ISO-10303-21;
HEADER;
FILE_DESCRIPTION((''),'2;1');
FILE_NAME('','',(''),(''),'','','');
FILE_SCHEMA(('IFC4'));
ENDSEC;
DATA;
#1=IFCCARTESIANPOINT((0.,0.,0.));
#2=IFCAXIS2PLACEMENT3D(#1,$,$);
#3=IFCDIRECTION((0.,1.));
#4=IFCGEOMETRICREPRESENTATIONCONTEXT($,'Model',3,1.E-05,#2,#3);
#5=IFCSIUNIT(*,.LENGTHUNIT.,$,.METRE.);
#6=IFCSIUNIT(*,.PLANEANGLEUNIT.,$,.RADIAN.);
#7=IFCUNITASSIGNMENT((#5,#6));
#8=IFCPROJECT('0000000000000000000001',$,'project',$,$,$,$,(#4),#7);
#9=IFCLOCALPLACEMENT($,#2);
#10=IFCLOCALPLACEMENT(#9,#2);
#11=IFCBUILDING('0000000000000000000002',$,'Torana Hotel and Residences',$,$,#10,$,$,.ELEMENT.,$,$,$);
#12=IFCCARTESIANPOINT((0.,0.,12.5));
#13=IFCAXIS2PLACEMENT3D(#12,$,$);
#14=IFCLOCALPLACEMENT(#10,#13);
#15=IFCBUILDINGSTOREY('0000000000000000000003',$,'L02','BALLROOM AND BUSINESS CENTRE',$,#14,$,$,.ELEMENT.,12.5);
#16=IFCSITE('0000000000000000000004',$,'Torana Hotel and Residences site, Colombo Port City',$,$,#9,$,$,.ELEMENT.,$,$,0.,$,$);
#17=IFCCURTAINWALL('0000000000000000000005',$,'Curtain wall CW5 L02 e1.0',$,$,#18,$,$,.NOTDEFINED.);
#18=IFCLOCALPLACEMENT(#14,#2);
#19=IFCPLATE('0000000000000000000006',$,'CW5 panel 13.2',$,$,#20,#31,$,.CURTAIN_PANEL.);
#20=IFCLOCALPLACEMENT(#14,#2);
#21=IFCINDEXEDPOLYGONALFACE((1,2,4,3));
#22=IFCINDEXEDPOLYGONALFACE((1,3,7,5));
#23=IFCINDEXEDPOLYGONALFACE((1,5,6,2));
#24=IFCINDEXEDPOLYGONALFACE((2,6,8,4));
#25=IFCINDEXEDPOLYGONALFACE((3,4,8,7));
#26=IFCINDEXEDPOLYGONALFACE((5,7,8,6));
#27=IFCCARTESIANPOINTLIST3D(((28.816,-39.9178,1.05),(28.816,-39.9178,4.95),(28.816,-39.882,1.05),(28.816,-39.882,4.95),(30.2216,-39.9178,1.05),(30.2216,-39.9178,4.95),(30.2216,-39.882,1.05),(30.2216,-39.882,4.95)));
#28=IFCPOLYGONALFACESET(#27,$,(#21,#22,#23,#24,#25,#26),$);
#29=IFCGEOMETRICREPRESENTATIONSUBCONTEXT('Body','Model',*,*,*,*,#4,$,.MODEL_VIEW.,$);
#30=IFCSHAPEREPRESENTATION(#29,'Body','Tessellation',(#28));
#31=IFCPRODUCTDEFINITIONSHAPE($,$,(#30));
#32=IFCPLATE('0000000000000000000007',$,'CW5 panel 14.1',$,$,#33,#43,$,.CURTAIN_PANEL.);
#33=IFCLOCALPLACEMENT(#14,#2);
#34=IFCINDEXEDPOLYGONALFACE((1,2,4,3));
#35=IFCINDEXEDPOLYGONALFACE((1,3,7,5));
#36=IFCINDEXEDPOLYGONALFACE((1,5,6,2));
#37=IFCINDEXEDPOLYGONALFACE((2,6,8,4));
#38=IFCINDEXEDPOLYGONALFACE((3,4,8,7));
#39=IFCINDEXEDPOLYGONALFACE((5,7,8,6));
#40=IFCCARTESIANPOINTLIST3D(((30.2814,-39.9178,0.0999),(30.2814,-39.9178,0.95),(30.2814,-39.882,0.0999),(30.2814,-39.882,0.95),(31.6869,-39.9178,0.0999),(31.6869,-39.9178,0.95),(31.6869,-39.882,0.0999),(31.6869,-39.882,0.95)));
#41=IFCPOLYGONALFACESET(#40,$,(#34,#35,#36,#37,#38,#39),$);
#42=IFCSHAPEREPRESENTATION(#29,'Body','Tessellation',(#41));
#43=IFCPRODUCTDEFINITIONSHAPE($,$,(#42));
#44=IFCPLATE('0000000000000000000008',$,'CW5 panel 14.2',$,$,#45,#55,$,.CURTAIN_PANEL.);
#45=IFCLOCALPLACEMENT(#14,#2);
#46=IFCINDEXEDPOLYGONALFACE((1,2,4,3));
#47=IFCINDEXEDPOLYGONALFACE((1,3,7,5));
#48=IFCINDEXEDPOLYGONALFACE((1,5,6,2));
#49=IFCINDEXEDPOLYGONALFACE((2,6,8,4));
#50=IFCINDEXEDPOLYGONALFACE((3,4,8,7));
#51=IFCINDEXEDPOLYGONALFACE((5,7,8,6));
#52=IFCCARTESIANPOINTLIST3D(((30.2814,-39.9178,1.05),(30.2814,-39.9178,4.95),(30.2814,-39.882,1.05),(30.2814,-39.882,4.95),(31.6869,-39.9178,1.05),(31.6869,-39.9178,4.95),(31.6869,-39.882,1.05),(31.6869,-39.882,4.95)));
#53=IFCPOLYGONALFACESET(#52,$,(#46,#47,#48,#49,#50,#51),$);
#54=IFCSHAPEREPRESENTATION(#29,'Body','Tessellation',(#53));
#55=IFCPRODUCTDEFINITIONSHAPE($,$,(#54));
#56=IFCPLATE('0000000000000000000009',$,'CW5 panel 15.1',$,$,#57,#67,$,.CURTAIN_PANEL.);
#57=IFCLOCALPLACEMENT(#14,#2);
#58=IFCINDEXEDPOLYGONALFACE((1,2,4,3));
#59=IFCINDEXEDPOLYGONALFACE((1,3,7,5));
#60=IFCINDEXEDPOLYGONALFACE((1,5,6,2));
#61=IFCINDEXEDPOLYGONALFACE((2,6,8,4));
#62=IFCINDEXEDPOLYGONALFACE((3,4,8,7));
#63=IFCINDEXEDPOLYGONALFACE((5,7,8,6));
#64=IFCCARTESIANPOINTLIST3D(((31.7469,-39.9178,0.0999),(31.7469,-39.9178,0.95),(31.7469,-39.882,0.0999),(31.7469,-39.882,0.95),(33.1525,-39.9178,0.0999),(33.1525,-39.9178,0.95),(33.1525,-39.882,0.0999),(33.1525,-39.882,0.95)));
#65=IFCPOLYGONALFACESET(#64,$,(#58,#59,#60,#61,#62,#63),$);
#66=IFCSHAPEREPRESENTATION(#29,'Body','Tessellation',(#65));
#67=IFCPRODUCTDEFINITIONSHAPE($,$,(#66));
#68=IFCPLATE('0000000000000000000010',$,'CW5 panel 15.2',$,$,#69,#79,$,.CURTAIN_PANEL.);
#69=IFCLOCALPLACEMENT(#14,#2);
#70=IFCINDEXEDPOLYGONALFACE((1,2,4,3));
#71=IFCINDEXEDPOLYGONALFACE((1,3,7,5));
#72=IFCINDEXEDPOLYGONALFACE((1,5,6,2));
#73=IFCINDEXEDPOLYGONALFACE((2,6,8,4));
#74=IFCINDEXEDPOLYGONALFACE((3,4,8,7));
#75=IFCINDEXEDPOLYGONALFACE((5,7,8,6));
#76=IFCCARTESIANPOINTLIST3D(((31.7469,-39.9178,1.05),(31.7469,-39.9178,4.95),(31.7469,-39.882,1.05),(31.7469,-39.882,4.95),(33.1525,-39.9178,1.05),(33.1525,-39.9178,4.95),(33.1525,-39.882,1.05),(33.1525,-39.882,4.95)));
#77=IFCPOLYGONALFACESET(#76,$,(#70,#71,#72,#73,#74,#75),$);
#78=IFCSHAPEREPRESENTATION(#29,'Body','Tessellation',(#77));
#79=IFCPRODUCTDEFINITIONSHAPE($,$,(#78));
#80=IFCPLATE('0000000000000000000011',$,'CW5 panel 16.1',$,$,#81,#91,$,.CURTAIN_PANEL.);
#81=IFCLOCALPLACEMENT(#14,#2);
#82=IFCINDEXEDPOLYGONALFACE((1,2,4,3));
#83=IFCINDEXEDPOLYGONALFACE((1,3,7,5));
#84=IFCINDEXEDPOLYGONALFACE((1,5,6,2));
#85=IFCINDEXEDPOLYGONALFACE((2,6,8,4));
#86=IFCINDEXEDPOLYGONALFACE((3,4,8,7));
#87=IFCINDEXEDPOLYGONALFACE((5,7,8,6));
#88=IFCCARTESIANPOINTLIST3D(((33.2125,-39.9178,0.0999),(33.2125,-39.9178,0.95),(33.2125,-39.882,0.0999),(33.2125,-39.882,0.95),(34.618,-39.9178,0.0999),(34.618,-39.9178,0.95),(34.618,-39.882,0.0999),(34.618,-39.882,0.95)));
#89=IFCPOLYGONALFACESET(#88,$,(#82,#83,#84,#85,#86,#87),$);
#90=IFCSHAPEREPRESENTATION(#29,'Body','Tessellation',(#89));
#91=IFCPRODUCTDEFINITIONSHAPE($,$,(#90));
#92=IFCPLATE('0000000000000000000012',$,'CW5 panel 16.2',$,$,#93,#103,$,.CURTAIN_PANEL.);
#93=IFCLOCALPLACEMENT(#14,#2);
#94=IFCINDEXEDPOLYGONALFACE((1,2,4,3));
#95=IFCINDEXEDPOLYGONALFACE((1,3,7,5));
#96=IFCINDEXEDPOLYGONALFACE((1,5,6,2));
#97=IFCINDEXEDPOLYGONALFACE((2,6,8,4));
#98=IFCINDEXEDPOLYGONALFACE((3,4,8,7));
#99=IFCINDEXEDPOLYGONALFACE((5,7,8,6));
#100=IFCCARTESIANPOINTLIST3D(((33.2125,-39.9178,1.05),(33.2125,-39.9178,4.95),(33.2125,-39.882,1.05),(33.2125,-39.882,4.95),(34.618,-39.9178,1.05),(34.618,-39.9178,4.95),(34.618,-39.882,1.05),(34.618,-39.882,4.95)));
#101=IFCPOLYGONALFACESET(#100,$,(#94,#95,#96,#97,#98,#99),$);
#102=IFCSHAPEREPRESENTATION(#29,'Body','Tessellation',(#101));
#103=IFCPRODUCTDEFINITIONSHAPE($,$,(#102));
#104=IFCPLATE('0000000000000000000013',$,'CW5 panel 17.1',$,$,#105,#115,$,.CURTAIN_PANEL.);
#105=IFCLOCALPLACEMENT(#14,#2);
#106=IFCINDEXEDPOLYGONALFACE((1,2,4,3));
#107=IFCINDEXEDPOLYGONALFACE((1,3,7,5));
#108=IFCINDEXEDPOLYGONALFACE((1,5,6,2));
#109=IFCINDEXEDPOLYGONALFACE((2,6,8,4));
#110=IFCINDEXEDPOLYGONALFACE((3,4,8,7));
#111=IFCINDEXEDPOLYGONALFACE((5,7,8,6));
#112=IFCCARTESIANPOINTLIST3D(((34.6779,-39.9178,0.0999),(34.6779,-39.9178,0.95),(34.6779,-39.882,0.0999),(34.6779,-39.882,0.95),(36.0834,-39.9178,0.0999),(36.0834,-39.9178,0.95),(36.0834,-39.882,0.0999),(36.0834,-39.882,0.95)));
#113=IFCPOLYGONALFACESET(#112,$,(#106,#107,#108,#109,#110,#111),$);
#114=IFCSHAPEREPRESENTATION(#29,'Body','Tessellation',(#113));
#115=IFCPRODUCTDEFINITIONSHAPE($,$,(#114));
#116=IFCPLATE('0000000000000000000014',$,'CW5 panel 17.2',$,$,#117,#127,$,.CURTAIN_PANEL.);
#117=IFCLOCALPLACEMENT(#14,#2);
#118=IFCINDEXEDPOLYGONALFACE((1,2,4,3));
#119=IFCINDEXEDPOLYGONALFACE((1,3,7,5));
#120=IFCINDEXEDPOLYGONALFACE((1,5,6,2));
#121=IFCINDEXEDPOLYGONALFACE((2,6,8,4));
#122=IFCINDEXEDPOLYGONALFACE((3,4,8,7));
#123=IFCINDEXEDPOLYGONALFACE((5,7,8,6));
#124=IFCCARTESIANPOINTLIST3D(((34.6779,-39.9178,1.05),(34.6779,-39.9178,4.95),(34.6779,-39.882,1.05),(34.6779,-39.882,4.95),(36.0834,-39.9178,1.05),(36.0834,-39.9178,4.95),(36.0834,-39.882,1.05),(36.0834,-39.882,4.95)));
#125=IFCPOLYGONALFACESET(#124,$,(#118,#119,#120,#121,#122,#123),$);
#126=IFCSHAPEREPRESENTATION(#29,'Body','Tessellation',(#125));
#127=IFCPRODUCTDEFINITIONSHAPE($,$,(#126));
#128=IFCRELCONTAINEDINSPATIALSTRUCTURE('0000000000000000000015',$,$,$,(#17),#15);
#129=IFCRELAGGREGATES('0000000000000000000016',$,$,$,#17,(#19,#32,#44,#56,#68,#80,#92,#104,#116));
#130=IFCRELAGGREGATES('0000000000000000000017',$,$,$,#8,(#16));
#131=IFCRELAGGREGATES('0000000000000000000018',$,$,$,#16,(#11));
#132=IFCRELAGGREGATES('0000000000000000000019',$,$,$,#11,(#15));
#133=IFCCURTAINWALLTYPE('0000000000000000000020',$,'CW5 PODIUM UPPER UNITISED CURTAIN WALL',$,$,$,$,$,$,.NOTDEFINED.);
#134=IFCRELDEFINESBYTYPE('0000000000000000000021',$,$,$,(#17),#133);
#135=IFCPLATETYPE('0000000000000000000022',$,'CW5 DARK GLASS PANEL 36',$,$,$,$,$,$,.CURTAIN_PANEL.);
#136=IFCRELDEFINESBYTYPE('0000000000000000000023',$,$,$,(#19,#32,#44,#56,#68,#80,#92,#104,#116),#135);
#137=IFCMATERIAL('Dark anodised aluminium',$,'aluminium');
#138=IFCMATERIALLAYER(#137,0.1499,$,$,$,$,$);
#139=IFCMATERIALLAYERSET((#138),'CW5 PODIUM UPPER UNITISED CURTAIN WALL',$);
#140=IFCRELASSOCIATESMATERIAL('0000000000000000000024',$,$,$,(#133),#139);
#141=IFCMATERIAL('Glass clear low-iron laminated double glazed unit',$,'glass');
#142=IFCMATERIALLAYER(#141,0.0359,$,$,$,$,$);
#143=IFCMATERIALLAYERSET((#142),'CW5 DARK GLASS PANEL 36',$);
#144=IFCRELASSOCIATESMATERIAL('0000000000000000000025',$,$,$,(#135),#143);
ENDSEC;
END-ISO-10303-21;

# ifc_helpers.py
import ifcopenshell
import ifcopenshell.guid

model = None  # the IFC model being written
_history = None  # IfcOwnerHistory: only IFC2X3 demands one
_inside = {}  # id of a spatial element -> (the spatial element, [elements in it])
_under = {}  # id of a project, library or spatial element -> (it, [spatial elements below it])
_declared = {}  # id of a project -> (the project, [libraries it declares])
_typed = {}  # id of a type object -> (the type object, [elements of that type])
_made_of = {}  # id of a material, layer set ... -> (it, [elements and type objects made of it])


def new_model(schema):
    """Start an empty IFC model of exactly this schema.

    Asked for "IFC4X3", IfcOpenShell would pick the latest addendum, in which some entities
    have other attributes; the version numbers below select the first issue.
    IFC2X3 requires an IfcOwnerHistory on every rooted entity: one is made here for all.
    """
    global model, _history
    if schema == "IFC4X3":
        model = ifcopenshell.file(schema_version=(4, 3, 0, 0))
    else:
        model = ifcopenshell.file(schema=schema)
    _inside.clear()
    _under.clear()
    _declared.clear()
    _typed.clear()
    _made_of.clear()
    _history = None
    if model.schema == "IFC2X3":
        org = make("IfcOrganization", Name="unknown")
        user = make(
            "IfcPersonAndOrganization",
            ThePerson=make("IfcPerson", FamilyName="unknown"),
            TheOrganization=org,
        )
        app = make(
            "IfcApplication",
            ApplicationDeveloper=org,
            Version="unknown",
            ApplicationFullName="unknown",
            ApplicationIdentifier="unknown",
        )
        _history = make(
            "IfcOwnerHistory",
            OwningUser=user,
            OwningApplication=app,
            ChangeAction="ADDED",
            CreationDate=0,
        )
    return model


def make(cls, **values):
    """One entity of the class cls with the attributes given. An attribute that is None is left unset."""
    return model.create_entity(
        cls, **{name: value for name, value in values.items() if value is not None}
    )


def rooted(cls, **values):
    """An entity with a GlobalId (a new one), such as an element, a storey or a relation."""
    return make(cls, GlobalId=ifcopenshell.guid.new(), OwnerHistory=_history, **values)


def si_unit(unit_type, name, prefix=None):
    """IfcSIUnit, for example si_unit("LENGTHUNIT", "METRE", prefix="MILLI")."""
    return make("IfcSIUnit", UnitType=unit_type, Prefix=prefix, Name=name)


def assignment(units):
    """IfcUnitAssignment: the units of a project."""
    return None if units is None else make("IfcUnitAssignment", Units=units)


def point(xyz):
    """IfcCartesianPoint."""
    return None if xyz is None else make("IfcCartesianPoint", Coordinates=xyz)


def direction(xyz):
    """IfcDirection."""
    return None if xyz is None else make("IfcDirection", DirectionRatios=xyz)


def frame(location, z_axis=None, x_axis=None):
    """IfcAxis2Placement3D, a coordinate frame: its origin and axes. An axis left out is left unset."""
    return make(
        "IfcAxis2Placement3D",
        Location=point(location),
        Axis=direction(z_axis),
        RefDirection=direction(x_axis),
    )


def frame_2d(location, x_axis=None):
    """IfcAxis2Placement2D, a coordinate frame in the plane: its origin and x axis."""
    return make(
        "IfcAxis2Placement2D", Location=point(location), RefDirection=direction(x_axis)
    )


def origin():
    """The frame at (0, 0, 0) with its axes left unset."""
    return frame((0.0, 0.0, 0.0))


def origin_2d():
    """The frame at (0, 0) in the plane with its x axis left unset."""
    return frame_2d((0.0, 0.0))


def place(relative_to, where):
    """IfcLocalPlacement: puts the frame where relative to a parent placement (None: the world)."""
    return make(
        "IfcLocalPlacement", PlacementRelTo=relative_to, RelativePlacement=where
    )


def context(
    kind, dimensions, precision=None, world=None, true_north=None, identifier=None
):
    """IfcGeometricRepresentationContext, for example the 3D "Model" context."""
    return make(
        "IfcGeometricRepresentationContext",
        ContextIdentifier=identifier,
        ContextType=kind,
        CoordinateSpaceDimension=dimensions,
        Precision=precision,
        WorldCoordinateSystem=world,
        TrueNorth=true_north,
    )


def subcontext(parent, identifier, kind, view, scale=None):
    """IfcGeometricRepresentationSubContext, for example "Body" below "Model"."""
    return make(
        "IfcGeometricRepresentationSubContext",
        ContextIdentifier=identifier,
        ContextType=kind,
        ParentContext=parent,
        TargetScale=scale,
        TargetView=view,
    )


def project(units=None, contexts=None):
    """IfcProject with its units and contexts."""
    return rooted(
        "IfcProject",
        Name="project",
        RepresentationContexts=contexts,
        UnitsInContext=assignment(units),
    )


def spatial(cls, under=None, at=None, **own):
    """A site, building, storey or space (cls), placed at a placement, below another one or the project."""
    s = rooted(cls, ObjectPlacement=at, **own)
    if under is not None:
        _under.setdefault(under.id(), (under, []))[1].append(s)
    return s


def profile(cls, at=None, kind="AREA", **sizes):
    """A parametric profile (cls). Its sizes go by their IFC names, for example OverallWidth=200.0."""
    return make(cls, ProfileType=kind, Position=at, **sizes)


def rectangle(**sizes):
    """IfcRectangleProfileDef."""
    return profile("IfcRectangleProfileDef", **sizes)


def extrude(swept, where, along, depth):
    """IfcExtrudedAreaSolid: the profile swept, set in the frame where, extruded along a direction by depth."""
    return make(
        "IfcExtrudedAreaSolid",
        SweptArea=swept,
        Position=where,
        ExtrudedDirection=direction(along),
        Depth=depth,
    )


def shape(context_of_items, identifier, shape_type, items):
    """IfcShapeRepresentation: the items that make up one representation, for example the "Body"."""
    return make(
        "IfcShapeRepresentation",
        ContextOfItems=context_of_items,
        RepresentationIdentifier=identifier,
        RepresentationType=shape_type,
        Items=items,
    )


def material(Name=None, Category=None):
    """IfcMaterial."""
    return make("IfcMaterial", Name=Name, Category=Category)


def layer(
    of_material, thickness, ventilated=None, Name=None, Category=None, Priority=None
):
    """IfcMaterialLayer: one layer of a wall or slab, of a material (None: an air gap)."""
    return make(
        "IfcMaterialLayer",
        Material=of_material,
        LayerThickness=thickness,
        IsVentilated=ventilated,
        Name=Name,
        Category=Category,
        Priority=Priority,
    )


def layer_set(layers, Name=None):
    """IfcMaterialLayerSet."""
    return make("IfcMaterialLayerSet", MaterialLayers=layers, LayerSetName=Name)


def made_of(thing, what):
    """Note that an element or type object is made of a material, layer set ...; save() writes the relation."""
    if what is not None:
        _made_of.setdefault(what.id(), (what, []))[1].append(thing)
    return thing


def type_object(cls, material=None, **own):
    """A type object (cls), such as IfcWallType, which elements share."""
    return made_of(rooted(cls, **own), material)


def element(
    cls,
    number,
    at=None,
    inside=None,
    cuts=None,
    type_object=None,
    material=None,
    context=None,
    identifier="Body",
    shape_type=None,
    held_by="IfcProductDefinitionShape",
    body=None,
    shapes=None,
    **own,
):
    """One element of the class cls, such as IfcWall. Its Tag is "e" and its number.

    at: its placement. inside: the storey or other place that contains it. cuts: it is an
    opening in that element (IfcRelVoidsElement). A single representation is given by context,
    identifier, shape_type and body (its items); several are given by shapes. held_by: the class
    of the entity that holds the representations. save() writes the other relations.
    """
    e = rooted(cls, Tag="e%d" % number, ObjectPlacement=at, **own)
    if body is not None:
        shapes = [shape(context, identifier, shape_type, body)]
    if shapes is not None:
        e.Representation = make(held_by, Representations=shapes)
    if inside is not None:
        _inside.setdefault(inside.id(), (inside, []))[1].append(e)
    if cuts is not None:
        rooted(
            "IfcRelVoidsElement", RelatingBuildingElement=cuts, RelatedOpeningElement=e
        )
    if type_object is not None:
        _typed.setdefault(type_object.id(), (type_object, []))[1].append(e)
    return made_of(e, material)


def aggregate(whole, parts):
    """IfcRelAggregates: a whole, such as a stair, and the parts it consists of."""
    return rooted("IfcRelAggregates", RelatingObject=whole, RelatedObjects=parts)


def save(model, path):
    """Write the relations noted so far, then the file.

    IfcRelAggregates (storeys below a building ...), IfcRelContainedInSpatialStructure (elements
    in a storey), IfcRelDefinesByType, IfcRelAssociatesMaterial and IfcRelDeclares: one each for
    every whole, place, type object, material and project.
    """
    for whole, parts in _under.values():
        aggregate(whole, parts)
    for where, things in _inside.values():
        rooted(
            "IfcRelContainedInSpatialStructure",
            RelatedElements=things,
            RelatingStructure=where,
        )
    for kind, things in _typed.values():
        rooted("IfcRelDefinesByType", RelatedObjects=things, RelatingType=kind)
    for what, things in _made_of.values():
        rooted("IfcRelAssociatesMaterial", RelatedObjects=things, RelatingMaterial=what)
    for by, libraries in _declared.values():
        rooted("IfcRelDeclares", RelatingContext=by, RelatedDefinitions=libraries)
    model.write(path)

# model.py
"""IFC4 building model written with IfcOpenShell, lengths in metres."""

from ifc_helpers import new_model, si_unit, direction, frame, origin, origin_2d, place, context, subcontext, project, spatial, rectangle, extrude, material, layer, layer_set, type_object, element, aggregate, save


model = new_model("IFC4")

# Units and contexts
model_context = context("Model", 3, precision=1e-05, world=origin(), true_north=direction((0.0, 1.0)))
body_context = subcontext(model_context, "Body", "Model", "MODEL_VIEW")
ifc_project = project(units=[si_unit("LENGTHUNIT", "METRE"), si_unit("PLANEANGLEUNIT", "RADIAN")], contexts=[model_context])

# Site, building, storey
site_placement = place(None, origin())
site = spatial("IfcSite", under=ifc_project, at=site_placement, Name="Torana Hotel and Residences site, Colombo Port City", CompositionType="ELEMENT", RefElevation=0.0)
building_placement = place(site_placement, origin())
building = spatial("IfcBuilding", under=site, at=building_placement, Name="Torana Hotel and Residences", CompositionType="ELEMENT")
storey_placement = place(building_placement, frame((0.0, 0.0, 12.5)))
storey = spatial("IfcBuildingStorey", under=building, at=storey_placement, Name="L02", Description="BALLROOM AND BUSINESS CENTRE", CompositionType="ELEMENT", Elevation=12.5)

# Curtain wall, plates
ifc_material_1 = material(Name="Dark anodised aluminium", Category="aluminium")
ifc_layer_1 = layer(ifc_material_1, 0.1499)
ifc_layer_set_1 = layer_set([ifc_layer_1], Name="CW5 PODIUM UPPER UNITISED CURTAIN WALL")
curtain_wall_type = type_object("IfcCurtainWallType", Name="CW5 PODIUM UPPER UNITISED CURTAIN WALL", PredefinedType="NOTDEFINED", material=ifc_layer_set_1)
curtain_wall_placement = place(storey_placement, origin())
curtain_wall = element("IfcCurtainWall", 1, at=curtain_wall_placement, inside=storey, type_object=curtain_wall_type, Name="Curtain wall CW5 L02 e1.0", PredefinedType="NOTDEFINED")
ifc_material_2 = material(Name="Glass clear low-iron laminated double glazed unit", Category="glass")
ifc_layer_2 = layer(ifc_material_2, 0.0359)
ifc_layer_set_2 = layer_set([ifc_layer_2], Name="CW5 DARK GLASS PANEL 36")
plate_type = type_object("IfcPlateType", Name="CW5 DARK GLASS PANEL 36", PredefinedType="CURTAIN_PANEL", material=ifc_layer_set_2)
plate_1_placement = place(storey_placement, frame((29.5188, -39.8999, 1.05), z_axis=(0.0, 0.0, 1.0), x_axis=(1.0, 0.0, 0.0)))
plate_1 = element("IfcPlate", 2, at=plate_1_placement, type_object=plate_type, Name="CW5 panel 13.2", PredefinedType="CURTAIN_PANEL", context=body_context, shape_type="SweptSolid", body=[
    extrude(rectangle(XDim=1.4055, YDim=0.0359, at=origin_2d()), origin(), (0.0, 0.0, 1.0), 3.8999),
])
plate_2_placement = place(storey_placement, frame((30.9841, -39.8999, 0.0999), z_axis=(0.0, 0.0, 1.0), x_axis=(1.0, 0.0, 0.0)))
plate_2 = element("IfcPlate", 3, at=plate_2_placement, type_object=plate_type, Name="CW5 panel 14.1", PredefinedType="CURTAIN_PANEL", context=body_context, shape_type="SweptSolid", body=[
    extrude(rectangle(XDim=1.4055, YDim=0.0359, at=origin_2d()), origin(), (0.0, 0.0, 1.0), 0.8501),
])
plate_3_placement = place(storey_placement, frame((30.9841, -39.8999, 1.05), z_axis=(0.0, 0.0, 1.0), x_axis=(1.0, 0.0, 0.0)))
plate_3 = element("IfcPlate", 4, at=plate_3_placement, type_object=plate_type, Name="CW5 panel 14.2", PredefinedType="CURTAIN_PANEL", context=body_context, shape_type="SweptSolid", body=[
    extrude(rectangle(XDim=1.4055, YDim=0.0359, at=origin_2d()), origin(), (0.0, 0.0, 1.0), 3.8999),
])
plate_4_placement = place(storey_placement, frame((32.4497, -39.8999, 0.0999), z_axis=(0.0, 0.0, 1.0), x_axis=(1.0, 0.0, 0.0)))
plate_4 = element("IfcPlate", 5, at=plate_4_placement, type_object=plate_type, Name="CW5 panel 15.1", PredefinedType="CURTAIN_PANEL", context=body_context, shape_type="SweptSolid", body=[
    extrude(rectangle(XDim=1.4055, YDim=0.0359, at=origin_2d()), origin(), (0.0, 0.0, 1.0), 0.8501),
])
plate_5_placement = place(storey_placement, frame((32.4497, -39.8999, 1.05), z_axis=(0.0, 0.0, 1.0), x_axis=(1.0, 0.0, 0.0)))
plate_5 = element("IfcPlate", 6, at=plate_5_placement, type_object=plate_type, Name="CW5 panel 15.2", PredefinedType="CURTAIN_PANEL", context=body_context, shape_type="SweptSolid", body=[
    extrude(rectangle(XDim=1.4055, YDim=0.0359, at=origin_2d()), origin(), (0.0, 0.0, 1.0), 3.8999),
])
plate_6_placement = place(storey_placement, frame((33.9153, -39.8999, 0.0999), z_axis=(0.0, 0.0, 1.0), x_axis=(1.0, 0.0, 0.0)))
plate_6 = element("IfcPlate", 7, at=plate_6_placement, type_object=plate_type, Name="CW5 panel 16.1", PredefinedType="CURTAIN_PANEL", context=body_context, shape_type="SweptSolid", body=[
    extrude(rectangle(XDim=1.4055, YDim=0.0359, at=origin_2d()), origin(), (0.0, 0.0, 1.0), 0.8501),
])
plate_7_placement = place(storey_placement, frame((33.9153, -39.8999, 1.05), z_axis=(0.0, 0.0, 1.0), x_axis=(1.0, 0.0, 0.0)))
plate_7 = element("IfcPlate", 8, at=plate_7_placement, type_object=plate_type, Name="CW5 panel 16.2", PredefinedType="CURTAIN_PANEL", context=body_context, shape_type="SweptSolid", body=[
    extrude(rectangle(XDim=1.4055, YDim=0.0359, at=origin_2d()), origin(), (0.0, 0.0, 1.0), 3.8999),
])
plate_8_placement = place(storey_placement, frame((35.3806, -39.8999, 0.0999), z_axis=(0.0, 0.0, 1.0), x_axis=(1.0, 0.0, 0.0)))
plate_8 = element("IfcPlate", 9, at=plate_8_placement, type_object=plate_type, Name="CW5 panel 17.1", PredefinedType="CURTAIN_PANEL", context=body_context, shape_type="SweptSolid", body=[
    extrude(rectangle(XDim=1.4055, YDim=0.0359, at=origin_2d()), origin(), (0.0, 0.0, 1.0), 0.8501),
])
plate_9_placement = place(storey_placement, frame((35.3806, -39.8999, 1.05), z_axis=(0.0, 0.0, 1.0), x_axis=(1.0, 0.0, 0.0)))
plate_9 = element("IfcPlate", 10, at=plate_9_placement, type_object=plate_type, Name="CW5 panel 17.2", PredefinedType="CURTAIN_PANEL", context=body_context, shape_type="SweptSolid", body=[
    extrude(rectangle(XDim=1.4055, YDim=0.0359, at=origin_2d()), origin(), (0.0, 0.0, 1.0), 3.8999),
])
aggregate(curtain_wall, [plate_1, plate_2, plate_3, plate_4, plate_5, plate_6, plate_7, plate_8, plate_9])

save(model, "model.ifc")
